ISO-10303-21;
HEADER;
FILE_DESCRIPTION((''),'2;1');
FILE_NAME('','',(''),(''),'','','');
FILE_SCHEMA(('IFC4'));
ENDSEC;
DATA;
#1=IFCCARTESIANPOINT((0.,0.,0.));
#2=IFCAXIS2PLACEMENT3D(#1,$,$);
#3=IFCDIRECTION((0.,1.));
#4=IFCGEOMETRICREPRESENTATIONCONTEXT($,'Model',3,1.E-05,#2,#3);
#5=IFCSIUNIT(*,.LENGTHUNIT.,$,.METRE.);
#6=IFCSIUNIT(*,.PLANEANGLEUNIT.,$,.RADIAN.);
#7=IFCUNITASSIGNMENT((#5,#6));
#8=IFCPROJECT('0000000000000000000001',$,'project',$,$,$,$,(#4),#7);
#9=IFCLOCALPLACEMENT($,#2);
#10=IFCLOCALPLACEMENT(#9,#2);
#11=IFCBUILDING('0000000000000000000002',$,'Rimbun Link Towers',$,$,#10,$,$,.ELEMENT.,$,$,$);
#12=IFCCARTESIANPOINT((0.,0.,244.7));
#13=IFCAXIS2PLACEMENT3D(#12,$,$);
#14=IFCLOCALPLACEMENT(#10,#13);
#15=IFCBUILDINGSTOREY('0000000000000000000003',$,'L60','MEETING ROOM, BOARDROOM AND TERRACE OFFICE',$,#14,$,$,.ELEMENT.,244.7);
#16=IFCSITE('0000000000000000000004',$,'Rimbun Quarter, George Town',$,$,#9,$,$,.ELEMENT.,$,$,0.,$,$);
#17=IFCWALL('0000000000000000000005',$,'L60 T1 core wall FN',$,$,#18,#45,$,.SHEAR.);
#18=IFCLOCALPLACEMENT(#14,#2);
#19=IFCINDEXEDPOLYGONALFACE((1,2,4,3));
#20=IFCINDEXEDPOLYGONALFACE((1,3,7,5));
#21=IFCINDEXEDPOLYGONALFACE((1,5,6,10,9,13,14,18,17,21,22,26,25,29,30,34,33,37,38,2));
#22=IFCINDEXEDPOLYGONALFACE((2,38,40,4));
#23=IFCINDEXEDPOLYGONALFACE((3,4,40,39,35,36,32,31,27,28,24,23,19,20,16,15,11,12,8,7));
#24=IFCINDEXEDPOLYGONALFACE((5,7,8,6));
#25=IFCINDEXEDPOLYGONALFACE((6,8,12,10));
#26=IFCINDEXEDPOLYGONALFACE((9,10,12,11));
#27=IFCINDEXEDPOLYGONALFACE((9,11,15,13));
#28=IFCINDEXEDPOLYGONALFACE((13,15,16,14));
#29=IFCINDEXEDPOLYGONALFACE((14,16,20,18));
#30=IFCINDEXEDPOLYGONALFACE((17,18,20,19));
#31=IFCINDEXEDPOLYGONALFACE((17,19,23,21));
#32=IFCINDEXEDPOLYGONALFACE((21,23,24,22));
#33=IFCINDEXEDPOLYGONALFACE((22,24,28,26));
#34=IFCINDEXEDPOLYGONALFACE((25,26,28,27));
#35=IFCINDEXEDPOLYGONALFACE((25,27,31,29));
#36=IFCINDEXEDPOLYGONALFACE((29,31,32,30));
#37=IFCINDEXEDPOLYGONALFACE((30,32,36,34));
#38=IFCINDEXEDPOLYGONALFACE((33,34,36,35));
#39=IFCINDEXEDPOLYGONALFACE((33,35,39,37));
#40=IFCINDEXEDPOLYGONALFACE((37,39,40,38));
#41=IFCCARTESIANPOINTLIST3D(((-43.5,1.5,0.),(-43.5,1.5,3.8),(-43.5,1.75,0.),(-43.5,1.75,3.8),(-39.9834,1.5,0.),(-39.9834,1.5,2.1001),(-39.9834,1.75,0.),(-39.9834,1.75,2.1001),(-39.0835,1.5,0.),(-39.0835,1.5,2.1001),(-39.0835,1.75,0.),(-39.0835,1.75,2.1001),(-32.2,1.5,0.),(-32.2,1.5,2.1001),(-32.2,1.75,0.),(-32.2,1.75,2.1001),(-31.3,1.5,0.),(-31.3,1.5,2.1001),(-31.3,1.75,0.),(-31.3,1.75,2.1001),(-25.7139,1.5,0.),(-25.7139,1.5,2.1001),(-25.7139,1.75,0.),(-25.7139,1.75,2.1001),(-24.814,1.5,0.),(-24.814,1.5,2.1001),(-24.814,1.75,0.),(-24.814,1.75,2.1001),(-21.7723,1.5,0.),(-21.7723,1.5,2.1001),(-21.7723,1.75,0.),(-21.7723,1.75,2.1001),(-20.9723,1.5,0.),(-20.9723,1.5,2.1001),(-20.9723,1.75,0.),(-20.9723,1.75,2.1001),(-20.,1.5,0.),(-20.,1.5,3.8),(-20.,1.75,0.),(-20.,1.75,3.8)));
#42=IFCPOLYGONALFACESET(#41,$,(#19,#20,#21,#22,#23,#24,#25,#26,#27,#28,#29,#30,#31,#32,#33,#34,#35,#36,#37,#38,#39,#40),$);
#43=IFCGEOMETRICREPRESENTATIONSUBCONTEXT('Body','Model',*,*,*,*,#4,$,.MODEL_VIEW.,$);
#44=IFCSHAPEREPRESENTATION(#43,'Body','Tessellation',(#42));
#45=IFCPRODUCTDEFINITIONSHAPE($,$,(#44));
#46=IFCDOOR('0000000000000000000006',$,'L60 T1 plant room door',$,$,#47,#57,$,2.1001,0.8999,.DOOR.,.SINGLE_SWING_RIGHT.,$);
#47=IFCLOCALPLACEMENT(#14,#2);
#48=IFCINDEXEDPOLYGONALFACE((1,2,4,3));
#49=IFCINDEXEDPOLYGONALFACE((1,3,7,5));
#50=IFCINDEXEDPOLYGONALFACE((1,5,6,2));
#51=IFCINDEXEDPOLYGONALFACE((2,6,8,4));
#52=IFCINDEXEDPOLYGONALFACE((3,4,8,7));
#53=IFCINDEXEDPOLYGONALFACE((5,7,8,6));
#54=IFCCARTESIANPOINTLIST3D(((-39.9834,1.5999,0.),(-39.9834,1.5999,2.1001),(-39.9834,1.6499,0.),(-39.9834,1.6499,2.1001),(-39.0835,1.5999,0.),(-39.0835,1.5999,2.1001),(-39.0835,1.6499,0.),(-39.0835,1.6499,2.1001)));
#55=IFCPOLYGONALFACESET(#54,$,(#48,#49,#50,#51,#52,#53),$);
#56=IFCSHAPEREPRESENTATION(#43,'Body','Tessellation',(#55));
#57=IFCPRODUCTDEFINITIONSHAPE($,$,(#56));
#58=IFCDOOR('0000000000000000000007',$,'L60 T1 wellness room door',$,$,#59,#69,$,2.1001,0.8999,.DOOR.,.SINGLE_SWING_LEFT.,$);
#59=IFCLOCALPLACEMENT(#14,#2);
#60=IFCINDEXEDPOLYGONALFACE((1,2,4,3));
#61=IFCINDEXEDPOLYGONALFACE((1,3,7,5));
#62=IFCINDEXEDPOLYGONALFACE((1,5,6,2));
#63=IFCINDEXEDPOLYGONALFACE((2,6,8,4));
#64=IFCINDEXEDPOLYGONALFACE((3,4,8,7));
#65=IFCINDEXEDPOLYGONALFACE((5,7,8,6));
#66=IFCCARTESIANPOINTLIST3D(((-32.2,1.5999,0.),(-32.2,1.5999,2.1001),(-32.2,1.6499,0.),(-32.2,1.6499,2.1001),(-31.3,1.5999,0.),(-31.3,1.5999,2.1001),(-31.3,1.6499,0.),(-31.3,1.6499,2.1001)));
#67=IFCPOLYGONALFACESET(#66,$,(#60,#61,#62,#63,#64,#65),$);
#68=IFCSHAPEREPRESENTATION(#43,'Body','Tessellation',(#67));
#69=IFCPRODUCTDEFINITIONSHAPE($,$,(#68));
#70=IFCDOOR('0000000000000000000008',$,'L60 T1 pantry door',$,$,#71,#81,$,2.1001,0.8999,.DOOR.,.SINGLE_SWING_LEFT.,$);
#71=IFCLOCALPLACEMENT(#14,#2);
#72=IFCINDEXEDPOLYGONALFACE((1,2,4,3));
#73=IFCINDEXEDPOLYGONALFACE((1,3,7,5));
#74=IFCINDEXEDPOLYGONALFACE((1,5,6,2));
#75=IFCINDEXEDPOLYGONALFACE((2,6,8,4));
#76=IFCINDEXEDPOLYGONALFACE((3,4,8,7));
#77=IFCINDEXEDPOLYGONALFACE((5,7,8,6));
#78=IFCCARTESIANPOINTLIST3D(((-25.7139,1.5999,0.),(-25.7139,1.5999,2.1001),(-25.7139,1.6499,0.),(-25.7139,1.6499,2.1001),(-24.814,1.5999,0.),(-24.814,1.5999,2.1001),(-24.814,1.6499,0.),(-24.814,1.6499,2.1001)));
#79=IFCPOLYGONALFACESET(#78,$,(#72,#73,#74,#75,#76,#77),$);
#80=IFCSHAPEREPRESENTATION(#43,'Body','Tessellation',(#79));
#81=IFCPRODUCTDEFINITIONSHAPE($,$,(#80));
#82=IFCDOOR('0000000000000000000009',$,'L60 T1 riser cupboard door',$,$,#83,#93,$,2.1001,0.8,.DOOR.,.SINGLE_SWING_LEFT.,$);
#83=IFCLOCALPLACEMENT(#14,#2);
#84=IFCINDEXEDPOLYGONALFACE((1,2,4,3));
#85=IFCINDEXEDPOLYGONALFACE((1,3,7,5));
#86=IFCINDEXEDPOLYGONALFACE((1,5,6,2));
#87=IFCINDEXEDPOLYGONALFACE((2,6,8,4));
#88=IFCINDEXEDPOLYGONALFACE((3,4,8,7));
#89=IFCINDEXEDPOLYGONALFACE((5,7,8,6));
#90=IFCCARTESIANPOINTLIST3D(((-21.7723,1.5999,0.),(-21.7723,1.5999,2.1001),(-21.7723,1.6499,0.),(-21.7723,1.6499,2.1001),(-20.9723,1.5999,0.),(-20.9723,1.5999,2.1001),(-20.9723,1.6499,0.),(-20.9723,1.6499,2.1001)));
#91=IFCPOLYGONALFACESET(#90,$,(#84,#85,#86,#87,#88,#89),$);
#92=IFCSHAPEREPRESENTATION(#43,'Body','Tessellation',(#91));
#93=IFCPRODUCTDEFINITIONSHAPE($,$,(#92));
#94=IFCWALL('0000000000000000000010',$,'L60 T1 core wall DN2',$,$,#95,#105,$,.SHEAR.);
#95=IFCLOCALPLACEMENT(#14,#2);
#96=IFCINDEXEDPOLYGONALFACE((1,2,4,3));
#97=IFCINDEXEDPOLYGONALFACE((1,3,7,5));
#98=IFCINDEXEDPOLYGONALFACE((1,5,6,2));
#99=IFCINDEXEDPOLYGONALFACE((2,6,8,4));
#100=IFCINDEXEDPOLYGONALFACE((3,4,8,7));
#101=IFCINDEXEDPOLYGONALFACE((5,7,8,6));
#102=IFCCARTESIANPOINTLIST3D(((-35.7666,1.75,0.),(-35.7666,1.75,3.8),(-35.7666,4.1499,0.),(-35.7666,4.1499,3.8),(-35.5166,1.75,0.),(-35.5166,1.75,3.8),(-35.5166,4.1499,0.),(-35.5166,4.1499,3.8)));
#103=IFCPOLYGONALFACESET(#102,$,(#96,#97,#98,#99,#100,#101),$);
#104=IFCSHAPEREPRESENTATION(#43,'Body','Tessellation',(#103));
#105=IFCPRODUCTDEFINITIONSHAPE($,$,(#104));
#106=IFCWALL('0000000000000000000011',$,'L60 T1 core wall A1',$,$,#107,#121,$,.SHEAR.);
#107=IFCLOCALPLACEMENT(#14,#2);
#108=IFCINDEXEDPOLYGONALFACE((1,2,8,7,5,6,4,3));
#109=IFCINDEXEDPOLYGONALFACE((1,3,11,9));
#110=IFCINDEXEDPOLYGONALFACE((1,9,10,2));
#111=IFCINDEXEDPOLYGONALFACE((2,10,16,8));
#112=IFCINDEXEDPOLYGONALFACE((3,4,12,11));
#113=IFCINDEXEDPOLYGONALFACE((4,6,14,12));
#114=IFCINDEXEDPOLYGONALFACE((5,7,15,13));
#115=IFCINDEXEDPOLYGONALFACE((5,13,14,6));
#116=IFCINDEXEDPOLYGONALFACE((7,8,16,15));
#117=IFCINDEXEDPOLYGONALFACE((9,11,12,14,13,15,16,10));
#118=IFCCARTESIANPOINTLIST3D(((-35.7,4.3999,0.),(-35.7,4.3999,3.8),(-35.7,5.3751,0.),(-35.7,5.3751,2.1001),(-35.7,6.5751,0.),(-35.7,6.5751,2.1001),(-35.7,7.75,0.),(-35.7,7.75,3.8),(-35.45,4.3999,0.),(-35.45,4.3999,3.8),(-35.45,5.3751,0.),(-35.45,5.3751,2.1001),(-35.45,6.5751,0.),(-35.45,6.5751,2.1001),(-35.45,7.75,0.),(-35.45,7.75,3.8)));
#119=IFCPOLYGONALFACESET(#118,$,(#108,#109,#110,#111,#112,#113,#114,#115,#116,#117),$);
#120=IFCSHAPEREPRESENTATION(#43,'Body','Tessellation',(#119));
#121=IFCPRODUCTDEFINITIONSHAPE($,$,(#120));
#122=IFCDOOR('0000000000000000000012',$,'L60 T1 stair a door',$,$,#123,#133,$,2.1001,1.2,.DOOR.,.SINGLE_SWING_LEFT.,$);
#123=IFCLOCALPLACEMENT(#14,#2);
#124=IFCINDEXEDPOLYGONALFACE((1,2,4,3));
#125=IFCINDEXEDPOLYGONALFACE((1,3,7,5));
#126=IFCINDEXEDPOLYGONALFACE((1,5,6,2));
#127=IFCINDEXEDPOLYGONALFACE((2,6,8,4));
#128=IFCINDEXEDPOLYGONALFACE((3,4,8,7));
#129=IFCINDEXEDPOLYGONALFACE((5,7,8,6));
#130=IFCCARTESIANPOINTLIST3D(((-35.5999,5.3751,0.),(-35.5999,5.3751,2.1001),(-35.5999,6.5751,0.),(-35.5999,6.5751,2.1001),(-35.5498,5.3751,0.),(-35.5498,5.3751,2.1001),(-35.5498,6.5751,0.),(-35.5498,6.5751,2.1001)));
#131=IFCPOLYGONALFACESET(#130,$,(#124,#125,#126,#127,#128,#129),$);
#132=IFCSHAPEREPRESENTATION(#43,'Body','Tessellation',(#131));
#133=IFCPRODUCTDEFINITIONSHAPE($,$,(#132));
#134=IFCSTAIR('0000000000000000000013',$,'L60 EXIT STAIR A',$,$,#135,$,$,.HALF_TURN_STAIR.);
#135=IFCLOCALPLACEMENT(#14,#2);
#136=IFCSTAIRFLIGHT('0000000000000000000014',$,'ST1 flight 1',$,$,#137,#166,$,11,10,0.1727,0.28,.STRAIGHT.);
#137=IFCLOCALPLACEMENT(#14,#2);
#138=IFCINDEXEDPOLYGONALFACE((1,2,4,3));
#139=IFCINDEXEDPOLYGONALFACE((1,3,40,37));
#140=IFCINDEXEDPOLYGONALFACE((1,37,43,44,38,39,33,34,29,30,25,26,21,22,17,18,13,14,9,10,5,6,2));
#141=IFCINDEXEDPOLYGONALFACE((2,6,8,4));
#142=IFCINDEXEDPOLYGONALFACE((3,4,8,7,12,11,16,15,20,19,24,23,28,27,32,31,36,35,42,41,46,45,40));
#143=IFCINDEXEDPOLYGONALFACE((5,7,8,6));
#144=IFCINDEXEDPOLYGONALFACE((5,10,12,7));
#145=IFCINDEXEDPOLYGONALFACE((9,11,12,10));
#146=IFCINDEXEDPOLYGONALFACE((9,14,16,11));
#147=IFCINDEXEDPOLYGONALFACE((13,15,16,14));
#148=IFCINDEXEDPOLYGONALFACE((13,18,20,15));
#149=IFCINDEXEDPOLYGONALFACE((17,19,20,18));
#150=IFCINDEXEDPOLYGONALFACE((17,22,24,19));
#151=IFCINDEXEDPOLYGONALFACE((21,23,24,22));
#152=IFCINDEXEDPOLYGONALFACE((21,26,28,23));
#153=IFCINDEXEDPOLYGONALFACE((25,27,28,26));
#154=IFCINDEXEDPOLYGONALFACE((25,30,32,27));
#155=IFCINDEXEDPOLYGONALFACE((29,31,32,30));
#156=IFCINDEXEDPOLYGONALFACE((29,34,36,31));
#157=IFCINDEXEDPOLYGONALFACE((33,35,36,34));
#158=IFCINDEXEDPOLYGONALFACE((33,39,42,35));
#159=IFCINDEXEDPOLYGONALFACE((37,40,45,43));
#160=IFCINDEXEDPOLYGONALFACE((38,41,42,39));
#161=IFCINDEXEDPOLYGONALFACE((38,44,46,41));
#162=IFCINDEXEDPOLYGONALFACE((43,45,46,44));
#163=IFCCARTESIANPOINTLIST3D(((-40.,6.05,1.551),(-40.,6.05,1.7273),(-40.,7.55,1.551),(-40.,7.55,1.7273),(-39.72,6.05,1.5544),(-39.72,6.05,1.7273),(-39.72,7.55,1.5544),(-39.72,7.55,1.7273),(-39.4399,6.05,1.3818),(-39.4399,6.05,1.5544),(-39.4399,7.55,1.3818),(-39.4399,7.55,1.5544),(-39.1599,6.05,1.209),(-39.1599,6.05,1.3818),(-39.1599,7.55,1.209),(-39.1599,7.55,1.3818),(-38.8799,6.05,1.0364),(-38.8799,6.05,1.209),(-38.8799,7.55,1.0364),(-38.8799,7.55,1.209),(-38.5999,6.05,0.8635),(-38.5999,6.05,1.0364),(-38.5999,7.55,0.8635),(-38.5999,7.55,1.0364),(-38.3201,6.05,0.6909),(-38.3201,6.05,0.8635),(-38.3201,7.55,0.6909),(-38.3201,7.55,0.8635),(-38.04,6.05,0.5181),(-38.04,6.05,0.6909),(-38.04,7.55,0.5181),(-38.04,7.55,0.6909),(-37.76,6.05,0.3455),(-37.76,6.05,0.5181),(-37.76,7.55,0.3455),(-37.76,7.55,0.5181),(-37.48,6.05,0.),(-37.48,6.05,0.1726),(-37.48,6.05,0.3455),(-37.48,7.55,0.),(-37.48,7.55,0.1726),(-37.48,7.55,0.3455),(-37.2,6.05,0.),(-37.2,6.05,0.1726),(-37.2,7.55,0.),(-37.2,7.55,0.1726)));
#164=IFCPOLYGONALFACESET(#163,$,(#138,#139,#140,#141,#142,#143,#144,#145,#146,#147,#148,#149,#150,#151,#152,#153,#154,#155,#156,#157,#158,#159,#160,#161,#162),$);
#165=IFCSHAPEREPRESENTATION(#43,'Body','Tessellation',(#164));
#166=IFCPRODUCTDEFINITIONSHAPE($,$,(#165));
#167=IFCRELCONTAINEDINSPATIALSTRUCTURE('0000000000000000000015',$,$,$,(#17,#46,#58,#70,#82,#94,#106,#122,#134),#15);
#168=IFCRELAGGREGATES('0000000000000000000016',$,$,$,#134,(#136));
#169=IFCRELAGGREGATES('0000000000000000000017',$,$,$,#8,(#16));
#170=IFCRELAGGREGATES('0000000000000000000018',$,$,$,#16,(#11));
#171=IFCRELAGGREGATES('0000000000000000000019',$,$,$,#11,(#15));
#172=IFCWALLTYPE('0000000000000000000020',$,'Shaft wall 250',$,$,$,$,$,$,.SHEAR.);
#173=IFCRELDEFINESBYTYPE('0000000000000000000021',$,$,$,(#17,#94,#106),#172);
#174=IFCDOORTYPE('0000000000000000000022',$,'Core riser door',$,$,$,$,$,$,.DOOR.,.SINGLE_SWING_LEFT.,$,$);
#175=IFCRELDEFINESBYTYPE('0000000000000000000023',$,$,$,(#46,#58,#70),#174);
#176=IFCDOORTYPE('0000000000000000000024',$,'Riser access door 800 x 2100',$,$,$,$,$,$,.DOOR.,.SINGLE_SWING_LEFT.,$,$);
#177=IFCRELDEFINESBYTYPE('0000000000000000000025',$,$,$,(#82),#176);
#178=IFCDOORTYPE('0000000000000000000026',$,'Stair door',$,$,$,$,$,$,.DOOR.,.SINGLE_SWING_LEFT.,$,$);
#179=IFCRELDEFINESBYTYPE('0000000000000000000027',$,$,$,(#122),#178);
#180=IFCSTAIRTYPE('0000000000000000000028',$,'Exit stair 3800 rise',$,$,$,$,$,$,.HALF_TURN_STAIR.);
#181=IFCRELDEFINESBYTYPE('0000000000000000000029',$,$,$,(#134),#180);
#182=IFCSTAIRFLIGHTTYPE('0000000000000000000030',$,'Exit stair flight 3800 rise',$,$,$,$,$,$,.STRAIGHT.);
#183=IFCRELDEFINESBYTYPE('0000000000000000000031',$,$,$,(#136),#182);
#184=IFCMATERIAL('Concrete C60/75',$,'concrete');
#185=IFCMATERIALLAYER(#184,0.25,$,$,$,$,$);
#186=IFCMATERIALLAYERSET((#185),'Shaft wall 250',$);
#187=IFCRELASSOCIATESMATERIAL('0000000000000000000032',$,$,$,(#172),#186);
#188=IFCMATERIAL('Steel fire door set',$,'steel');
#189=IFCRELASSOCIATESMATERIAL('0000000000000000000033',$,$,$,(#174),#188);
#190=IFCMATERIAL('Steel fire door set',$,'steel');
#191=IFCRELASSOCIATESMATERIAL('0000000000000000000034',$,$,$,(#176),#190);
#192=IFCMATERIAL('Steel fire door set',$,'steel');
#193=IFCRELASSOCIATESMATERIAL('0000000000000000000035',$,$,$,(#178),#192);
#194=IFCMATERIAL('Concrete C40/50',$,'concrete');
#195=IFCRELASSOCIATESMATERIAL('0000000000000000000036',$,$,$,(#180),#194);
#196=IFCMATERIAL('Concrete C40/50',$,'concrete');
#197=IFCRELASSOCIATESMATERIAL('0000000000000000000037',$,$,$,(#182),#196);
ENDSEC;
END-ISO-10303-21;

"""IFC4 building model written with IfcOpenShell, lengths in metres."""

from ifc_helpers import new_model, si_unit, direction, frame, frame_2d, origin, place, context, subcontext, project, spatial, polyline, rectangle, outline, extrude, material, layer, layer_set, type_object, element, fill, aggregate, save


model = new_model("IFC4")

# Units and contexts
model_context = context("Model", 3, precision=1e-05, world=origin(), true_north=direction((0.0, 1.0)))
body_context = subcontext(model_context, "Body", "Model", "MODEL_VIEW")
ifc_project = project(units=[si_unit("LENGTHUNIT", "METRE"), si_unit("PLANEANGLEUNIT", "RADIAN")], contexts=[model_context])

# Site, building, storey
site_placement = place(None, origin())
site = spatial("IfcSite", under=ifc_project, at=site_placement, Name="Rimbun Quarter, George Town", CompositionType="ELEMENT", RefElevation=0.0)
building_placement = place(site_placement, origin())
building = spatial("IfcBuilding", under=site, at=building_placement, Name="Rimbun Link Towers", CompositionType="ELEMENT")
storey_placement = place(building_placement, frame((0.0, 0.0, 244.7)))
storey = spatial("IfcBuildingStorey", under=building, at=storey_placement, Name="L60", Description="MEETING ROOM, BOARDROOM AND TERRACE OFFICE", CompositionType="ELEMENT", Elevation=244.7)

# Shared definitions
ifc_material_1 = material(Name="Concrete C60/75", Category="concrete")
ifc_layer = layer(ifc_material_1, 0.25)
ifc_layer_set = layer_set([ifc_layer], Name="Shaft wall 250")
wall_type = type_object("IfcWallType", Name="Shaft wall 250", PredefinedType="SHEAR", material=ifc_layer_set)

# Wall, openings, doors
wall_1_placement = place(storey_placement, frame((-43.5, 1.625, 0.0), z_axis=(0.0, 0.0, 1.0), x_axis=(1.0, 0.0, 0.0)))
wall_1 = element("IfcWall", 1, at=wall_1_placement, inside=storey, type_object=wall_type, Name="L60 T1 core wall FN", PredefinedType="SHEAR", context=body_context, shape_type="SweptSolid", body=[
    extrude(rectangle(XDim=23.5, YDim=0.25, at=frame_2d((11.75, 0.0))), origin(), (0.0, 0.0, 1.0), 3.8),
])
opening_1_placement = place(wall_1_placement, frame((3.5166, 0.0, 0.0)))
opening_1 = element("IfcOpeningElement", 2, at=opening_1_placement, cuts=wall_1, PredefinedType="OPENING", context=body_context, shape_type="SweptSolid", body=[
    extrude(rectangle(XDim=0.8999, YDim=2.1001, at=frame_2d((0.45, 1.05))), frame((0.0, 0.135, 0.0), z_axis=(0.0, -1.0, 0.0), x_axis=(1.0, 0.0, 0.0)), (0.0, 0.0, 1.0), 0.27),
])
opening_2_placement = place(wall_1_placement, frame((11.3, 0.0, 0.0)))
opening_2 = element("IfcOpeningElement", 3, at=opening_2_placement, cuts=wall_1, PredefinedType="OPENING", context=body_context, shape_type="SweptSolid", body=[
    extrude(rectangle(XDim=0.8999, YDim=2.1001, at=frame_2d((0.45, 1.05))), frame((0.0, 0.135, 0.0), z_axis=(0.0, -1.0, 0.0), x_axis=(1.0, 0.0, 0.0)), (0.0, 0.0, 1.0), 0.27),
])
opening_3_placement = place(wall_1_placement, frame((17.7861, 0.0, 0.0)))
opening_3 = element("IfcOpeningElement", 4, at=opening_3_placement, cuts=wall_1, PredefinedType="OPENING", context=body_context, shape_type="SweptSolid", body=[
    extrude(rectangle(XDim=0.8999, YDim=2.1001, at=frame_2d((0.45, 1.05))), frame((0.0, 0.135, 0.0), z_axis=(0.0, -1.0, 0.0), x_axis=(1.0, 0.0, 0.0)), (0.0, 0.0, 1.0), 0.27),
])
opening_4_placement = place(wall_1_placement, frame((21.7278, 0.0, 0.0)))
opening_4 = element("IfcOpeningElement", 5, at=opening_4_placement, cuts=wall_1, PredefinedType="OPENING", context=body_context, shape_type="SweptSolid", body=[
    extrude(rectangle(XDim=0.8, YDim=2.1001, at=frame_2d((0.3999, 1.05))), frame((0.0, 0.135, 0.0), z_axis=(0.0, -1.0, 0.0), x_axis=(1.0, 0.0, 0.0)), (0.0, 0.0, 1.0), 0.27),
])
ifc_material_2 = material(Name="Steel fire door set", Category="steel")
door_type_1 = type_object("IfcDoorType", Name="Core riser door", OperationType="SINGLE_SWING_LEFT", PredefinedType="DOOR", material=ifc_material_2)
door_1_placement = place(opening_1_placement, origin())
door_1 = element("IfcDoor", 6, at=door_1_placement, inside=storey, type_object=door_type_1, Name="L60 T1 plant room door", OperationType="SINGLE_SWING_RIGHT", OverallHeight=2.1001, OverallWidth=0.8999, PredefinedType="DOOR", context=body_context, shape_type="SweptSolid", body=[
    extrude(rectangle(XDim=0.8999, YDim=2.1001, at=frame_2d((0.45, 1.05))), frame((0.0, 0.0249, 0.0), z_axis=(0.0, -1.0, 0.0), x_axis=(1.0, 0.0, 0.0)), (0.0, 0.0, 1.0), 0.05),
])
fill(opening_1, door_1)
door_2_placement = place(opening_2_placement, origin())
door_2 = element("IfcDoor", 7, at=door_2_placement, inside=storey, type_object=door_type_1, Name="L60 T1 wellness room door", OperationType="SINGLE_SWING_LEFT", OverallHeight=2.1001, OverallWidth=0.8999, PredefinedType="DOOR", context=body_context, shape_type="SweptSolid", body=[
    extrude(rectangle(XDim=0.8999, YDim=2.1001, at=frame_2d((0.45, 1.05))), frame((0.0, 0.0249, 0.0), z_axis=(0.0, -1.0, 0.0), x_axis=(1.0, 0.0, 0.0)), (0.0, 0.0, 1.0), 0.05),
])
fill(opening_2, door_2)
door_3_placement = place(opening_3_placement, origin())
door_3 = element("IfcDoor", 8, at=door_3_placement, inside=storey, type_object=door_type_1, Name="L60 T1 pantry door", OperationType="SINGLE_SWING_LEFT", OverallHeight=2.1001, OverallWidth=0.8999, PredefinedType="DOOR", context=body_context, shape_type="SweptSolid", body=[
    extrude(rectangle(XDim=0.8999, YDim=2.1001, at=frame_2d((0.45, 1.05))), frame((0.0, 0.0249, 0.0), z_axis=(0.0, -1.0, 0.0), x_axis=(1.0, 0.0, 0.0)), (0.0, 0.0, 1.0), 0.05),
])
fill(opening_3, door_3)
ifc_material_3 = material(Name="Steel fire door set", Category="steel")
door_type_2 = type_object("IfcDoorType", Name="Riser access door 800 x 2100", OperationType="SINGLE_SWING_LEFT", PredefinedType="DOOR", material=ifc_material_3)
door_4_placement = place(opening_4_placement, origin())
door_4 = element("IfcDoor", 9, at=door_4_placement, inside=storey, type_object=door_type_2, Name="L60 T1 riser cupboard door", OperationType="SINGLE_SWING_LEFT", OverallHeight=2.1001, OverallWidth=0.8, PredefinedType="DOOR", context=body_context, shape_type="SweptSolid", body=[
    extrude(rectangle(XDim=0.8, YDim=2.1001, at=frame_2d((0.3999, 1.05))), frame((0.0, 0.0249, 0.0), z_axis=(0.0, -1.0, 0.0), x_axis=(1.0, 0.0, 0.0)), (0.0, 0.0, 1.0), 0.05),
])
fill(opening_4, door_4)

# Wall
wall_2_placement = place(storey_placement, frame((-35.6416, 1.75, 0.0), z_axis=(0.0, 0.0, 1.0), x_axis=(0.0, 1.0, 0.0)))
element("IfcWall", 10, at=wall_2_placement, inside=storey, type_object=wall_type, Name="L60 T1 core wall DN2", PredefinedType="SHEAR", context=body_context, shape_type="SweptSolid", body=[
    extrude(rectangle(XDim=2.3999, YDim=0.25, at=frame_2d((1.2, 0.0))), origin(), (0.0, 0.0, 1.0), 3.8),
])

# Wall, opening, door
wall_3_placement = place(storey_placement, frame((-35.575, 4.3999, 0.0), z_axis=(0.0, 0.0, 1.0), x_axis=(0.0, 1.0, 0.0)))
wall_3 = element("IfcWall", 11, at=wall_3_placement, inside=storey, type_object=wall_type, Name="L60 T1 core wall A1", PredefinedType="SHEAR", context=body_context, shape_type="SweptSolid", body=[
    extrude(rectangle(XDim=3.3501, YDim=0.25, at=frame_2d((1.675, 0.0))), origin(), (0.0, 0.0, 1.0), 3.8),
])
opening_5_placement = place(wall_3_placement, frame((0.9751, 0.0, 0.0)))
opening_5 = element("IfcOpeningElement", 12, at=opening_5_placement, cuts=wall_3, PredefinedType="OPENING", context=body_context, shape_type="SweptSolid", body=[
    extrude(rectangle(XDim=1.2, YDim=2.1001, at=frame_2d((0.6001, 1.05))), frame((0.0, 0.135, 0.0), z_axis=(0.0, -1.0, 0.0), x_axis=(1.0, 0.0, 0.0)), (0.0, 0.0, 1.0), 0.27),
])
ifc_material_4 = material(Name="Steel fire door set", Category="steel")
door_type_3 = type_object("IfcDoorType", Name="Stair door", OperationType="SINGLE_SWING_LEFT", PredefinedType="DOOR", material=ifc_material_4)
door_5_placement = place(opening_5_placement, origin())
door_5 = element("IfcDoor", 13, at=door_5_placement, inside=storey, type_object=door_type_3, Name="L60 T1 stair a door", OperationType="SINGLE_SWING_LEFT", OverallHeight=2.1001, OverallWidth=1.2, PredefinedType="DOOR", context=body_context, shape_type="SweptSolid", body=[
    extrude(rectangle(XDim=1.2, YDim=2.1001, at=frame_2d((0.6001, 1.05))), frame((0.0, 0.0249, 0.0), z_axis=(0.0, -1.0, 0.0), x_axis=(1.0, 0.0, 0.0)), (0.0, 0.0, 1.0), 0.05),
])
fill(opening_5, door_5)

# Stair, stair flight
ifc_material_5 = material(Name="Concrete C40/50", Category="concrete")
stair_type = type_object("IfcStairType", Name="Exit stair 3800 rise", PredefinedType="HALF_TURN_STAIR", material=ifc_material_5)
stair_placement = place(storey_placement, origin())
stair = element("IfcStair", 14, at=stair_placement, inside=storey, type_object=stair_type, Name="L60 EXIT STAIR A", PredefinedType="HALF_TURN_STAIR")
ifc_material_6 = material(Name="Concrete C40/50", Category="concrete")
stair_flight_type = type_object("IfcStairFlightType", Name="Exit stair flight 3800 rise", PredefinedType="STRAIGHT", material=ifc_material_6)
stair_flight_1_placement = place(storey_placement, frame((-37.2, 6.8, 0.0), z_axis=(0.0, 0.0, 1.0), x_axis=(-1.0, 0.0, 0.0)))
stair_flight_1 = element("IfcStairFlight", 15, at=stair_flight_1_placement, type_object=stair_flight_type, Name="ST1 flight 1", NumberOfRisers=11, NumberOfTreads=10, PredefinedType="STRAIGHT", RiserHeight=0.1727, TreadLength=0.28, context=body_context, shape_type="SweptSolid", body=[
    extrude(outline(polyline([(0.0, 0.0), (0.0, 0.1726), (0.28, 0.1726), (0.28, 0.3455), (0.5601, 0.3455), (0.5601, 0.5181), (0.8401, 0.5181), (0.8401, 0.6909), (1.1201, 0.6909), (1.1201, 0.8635), (1.3999, 0.8635), (1.3999, 1.0364), (1.6799, 1.0364), (1.6799, 1.209), (1.96, 1.209), (1.96, 1.3818), (2.24, 1.3818), (2.24, 1.5544), (2.52, 1.5544), (2.52, 1.7273), (2.8, 1.7273), (2.8, 1.8999), (2.8, 1.551), (0.28, 0.0), (0.0, 0.0)])), frame((0.0, 0.75, 0.0), z_axis=(0.0, -1.0, 0.0), x_axis=(1.0, 0.0, 0.0)), (0.0, 0.0, 1.0), 1.5),
])
aggregate(stair, [stair_flight_1])

save(model, "model.ifc")
